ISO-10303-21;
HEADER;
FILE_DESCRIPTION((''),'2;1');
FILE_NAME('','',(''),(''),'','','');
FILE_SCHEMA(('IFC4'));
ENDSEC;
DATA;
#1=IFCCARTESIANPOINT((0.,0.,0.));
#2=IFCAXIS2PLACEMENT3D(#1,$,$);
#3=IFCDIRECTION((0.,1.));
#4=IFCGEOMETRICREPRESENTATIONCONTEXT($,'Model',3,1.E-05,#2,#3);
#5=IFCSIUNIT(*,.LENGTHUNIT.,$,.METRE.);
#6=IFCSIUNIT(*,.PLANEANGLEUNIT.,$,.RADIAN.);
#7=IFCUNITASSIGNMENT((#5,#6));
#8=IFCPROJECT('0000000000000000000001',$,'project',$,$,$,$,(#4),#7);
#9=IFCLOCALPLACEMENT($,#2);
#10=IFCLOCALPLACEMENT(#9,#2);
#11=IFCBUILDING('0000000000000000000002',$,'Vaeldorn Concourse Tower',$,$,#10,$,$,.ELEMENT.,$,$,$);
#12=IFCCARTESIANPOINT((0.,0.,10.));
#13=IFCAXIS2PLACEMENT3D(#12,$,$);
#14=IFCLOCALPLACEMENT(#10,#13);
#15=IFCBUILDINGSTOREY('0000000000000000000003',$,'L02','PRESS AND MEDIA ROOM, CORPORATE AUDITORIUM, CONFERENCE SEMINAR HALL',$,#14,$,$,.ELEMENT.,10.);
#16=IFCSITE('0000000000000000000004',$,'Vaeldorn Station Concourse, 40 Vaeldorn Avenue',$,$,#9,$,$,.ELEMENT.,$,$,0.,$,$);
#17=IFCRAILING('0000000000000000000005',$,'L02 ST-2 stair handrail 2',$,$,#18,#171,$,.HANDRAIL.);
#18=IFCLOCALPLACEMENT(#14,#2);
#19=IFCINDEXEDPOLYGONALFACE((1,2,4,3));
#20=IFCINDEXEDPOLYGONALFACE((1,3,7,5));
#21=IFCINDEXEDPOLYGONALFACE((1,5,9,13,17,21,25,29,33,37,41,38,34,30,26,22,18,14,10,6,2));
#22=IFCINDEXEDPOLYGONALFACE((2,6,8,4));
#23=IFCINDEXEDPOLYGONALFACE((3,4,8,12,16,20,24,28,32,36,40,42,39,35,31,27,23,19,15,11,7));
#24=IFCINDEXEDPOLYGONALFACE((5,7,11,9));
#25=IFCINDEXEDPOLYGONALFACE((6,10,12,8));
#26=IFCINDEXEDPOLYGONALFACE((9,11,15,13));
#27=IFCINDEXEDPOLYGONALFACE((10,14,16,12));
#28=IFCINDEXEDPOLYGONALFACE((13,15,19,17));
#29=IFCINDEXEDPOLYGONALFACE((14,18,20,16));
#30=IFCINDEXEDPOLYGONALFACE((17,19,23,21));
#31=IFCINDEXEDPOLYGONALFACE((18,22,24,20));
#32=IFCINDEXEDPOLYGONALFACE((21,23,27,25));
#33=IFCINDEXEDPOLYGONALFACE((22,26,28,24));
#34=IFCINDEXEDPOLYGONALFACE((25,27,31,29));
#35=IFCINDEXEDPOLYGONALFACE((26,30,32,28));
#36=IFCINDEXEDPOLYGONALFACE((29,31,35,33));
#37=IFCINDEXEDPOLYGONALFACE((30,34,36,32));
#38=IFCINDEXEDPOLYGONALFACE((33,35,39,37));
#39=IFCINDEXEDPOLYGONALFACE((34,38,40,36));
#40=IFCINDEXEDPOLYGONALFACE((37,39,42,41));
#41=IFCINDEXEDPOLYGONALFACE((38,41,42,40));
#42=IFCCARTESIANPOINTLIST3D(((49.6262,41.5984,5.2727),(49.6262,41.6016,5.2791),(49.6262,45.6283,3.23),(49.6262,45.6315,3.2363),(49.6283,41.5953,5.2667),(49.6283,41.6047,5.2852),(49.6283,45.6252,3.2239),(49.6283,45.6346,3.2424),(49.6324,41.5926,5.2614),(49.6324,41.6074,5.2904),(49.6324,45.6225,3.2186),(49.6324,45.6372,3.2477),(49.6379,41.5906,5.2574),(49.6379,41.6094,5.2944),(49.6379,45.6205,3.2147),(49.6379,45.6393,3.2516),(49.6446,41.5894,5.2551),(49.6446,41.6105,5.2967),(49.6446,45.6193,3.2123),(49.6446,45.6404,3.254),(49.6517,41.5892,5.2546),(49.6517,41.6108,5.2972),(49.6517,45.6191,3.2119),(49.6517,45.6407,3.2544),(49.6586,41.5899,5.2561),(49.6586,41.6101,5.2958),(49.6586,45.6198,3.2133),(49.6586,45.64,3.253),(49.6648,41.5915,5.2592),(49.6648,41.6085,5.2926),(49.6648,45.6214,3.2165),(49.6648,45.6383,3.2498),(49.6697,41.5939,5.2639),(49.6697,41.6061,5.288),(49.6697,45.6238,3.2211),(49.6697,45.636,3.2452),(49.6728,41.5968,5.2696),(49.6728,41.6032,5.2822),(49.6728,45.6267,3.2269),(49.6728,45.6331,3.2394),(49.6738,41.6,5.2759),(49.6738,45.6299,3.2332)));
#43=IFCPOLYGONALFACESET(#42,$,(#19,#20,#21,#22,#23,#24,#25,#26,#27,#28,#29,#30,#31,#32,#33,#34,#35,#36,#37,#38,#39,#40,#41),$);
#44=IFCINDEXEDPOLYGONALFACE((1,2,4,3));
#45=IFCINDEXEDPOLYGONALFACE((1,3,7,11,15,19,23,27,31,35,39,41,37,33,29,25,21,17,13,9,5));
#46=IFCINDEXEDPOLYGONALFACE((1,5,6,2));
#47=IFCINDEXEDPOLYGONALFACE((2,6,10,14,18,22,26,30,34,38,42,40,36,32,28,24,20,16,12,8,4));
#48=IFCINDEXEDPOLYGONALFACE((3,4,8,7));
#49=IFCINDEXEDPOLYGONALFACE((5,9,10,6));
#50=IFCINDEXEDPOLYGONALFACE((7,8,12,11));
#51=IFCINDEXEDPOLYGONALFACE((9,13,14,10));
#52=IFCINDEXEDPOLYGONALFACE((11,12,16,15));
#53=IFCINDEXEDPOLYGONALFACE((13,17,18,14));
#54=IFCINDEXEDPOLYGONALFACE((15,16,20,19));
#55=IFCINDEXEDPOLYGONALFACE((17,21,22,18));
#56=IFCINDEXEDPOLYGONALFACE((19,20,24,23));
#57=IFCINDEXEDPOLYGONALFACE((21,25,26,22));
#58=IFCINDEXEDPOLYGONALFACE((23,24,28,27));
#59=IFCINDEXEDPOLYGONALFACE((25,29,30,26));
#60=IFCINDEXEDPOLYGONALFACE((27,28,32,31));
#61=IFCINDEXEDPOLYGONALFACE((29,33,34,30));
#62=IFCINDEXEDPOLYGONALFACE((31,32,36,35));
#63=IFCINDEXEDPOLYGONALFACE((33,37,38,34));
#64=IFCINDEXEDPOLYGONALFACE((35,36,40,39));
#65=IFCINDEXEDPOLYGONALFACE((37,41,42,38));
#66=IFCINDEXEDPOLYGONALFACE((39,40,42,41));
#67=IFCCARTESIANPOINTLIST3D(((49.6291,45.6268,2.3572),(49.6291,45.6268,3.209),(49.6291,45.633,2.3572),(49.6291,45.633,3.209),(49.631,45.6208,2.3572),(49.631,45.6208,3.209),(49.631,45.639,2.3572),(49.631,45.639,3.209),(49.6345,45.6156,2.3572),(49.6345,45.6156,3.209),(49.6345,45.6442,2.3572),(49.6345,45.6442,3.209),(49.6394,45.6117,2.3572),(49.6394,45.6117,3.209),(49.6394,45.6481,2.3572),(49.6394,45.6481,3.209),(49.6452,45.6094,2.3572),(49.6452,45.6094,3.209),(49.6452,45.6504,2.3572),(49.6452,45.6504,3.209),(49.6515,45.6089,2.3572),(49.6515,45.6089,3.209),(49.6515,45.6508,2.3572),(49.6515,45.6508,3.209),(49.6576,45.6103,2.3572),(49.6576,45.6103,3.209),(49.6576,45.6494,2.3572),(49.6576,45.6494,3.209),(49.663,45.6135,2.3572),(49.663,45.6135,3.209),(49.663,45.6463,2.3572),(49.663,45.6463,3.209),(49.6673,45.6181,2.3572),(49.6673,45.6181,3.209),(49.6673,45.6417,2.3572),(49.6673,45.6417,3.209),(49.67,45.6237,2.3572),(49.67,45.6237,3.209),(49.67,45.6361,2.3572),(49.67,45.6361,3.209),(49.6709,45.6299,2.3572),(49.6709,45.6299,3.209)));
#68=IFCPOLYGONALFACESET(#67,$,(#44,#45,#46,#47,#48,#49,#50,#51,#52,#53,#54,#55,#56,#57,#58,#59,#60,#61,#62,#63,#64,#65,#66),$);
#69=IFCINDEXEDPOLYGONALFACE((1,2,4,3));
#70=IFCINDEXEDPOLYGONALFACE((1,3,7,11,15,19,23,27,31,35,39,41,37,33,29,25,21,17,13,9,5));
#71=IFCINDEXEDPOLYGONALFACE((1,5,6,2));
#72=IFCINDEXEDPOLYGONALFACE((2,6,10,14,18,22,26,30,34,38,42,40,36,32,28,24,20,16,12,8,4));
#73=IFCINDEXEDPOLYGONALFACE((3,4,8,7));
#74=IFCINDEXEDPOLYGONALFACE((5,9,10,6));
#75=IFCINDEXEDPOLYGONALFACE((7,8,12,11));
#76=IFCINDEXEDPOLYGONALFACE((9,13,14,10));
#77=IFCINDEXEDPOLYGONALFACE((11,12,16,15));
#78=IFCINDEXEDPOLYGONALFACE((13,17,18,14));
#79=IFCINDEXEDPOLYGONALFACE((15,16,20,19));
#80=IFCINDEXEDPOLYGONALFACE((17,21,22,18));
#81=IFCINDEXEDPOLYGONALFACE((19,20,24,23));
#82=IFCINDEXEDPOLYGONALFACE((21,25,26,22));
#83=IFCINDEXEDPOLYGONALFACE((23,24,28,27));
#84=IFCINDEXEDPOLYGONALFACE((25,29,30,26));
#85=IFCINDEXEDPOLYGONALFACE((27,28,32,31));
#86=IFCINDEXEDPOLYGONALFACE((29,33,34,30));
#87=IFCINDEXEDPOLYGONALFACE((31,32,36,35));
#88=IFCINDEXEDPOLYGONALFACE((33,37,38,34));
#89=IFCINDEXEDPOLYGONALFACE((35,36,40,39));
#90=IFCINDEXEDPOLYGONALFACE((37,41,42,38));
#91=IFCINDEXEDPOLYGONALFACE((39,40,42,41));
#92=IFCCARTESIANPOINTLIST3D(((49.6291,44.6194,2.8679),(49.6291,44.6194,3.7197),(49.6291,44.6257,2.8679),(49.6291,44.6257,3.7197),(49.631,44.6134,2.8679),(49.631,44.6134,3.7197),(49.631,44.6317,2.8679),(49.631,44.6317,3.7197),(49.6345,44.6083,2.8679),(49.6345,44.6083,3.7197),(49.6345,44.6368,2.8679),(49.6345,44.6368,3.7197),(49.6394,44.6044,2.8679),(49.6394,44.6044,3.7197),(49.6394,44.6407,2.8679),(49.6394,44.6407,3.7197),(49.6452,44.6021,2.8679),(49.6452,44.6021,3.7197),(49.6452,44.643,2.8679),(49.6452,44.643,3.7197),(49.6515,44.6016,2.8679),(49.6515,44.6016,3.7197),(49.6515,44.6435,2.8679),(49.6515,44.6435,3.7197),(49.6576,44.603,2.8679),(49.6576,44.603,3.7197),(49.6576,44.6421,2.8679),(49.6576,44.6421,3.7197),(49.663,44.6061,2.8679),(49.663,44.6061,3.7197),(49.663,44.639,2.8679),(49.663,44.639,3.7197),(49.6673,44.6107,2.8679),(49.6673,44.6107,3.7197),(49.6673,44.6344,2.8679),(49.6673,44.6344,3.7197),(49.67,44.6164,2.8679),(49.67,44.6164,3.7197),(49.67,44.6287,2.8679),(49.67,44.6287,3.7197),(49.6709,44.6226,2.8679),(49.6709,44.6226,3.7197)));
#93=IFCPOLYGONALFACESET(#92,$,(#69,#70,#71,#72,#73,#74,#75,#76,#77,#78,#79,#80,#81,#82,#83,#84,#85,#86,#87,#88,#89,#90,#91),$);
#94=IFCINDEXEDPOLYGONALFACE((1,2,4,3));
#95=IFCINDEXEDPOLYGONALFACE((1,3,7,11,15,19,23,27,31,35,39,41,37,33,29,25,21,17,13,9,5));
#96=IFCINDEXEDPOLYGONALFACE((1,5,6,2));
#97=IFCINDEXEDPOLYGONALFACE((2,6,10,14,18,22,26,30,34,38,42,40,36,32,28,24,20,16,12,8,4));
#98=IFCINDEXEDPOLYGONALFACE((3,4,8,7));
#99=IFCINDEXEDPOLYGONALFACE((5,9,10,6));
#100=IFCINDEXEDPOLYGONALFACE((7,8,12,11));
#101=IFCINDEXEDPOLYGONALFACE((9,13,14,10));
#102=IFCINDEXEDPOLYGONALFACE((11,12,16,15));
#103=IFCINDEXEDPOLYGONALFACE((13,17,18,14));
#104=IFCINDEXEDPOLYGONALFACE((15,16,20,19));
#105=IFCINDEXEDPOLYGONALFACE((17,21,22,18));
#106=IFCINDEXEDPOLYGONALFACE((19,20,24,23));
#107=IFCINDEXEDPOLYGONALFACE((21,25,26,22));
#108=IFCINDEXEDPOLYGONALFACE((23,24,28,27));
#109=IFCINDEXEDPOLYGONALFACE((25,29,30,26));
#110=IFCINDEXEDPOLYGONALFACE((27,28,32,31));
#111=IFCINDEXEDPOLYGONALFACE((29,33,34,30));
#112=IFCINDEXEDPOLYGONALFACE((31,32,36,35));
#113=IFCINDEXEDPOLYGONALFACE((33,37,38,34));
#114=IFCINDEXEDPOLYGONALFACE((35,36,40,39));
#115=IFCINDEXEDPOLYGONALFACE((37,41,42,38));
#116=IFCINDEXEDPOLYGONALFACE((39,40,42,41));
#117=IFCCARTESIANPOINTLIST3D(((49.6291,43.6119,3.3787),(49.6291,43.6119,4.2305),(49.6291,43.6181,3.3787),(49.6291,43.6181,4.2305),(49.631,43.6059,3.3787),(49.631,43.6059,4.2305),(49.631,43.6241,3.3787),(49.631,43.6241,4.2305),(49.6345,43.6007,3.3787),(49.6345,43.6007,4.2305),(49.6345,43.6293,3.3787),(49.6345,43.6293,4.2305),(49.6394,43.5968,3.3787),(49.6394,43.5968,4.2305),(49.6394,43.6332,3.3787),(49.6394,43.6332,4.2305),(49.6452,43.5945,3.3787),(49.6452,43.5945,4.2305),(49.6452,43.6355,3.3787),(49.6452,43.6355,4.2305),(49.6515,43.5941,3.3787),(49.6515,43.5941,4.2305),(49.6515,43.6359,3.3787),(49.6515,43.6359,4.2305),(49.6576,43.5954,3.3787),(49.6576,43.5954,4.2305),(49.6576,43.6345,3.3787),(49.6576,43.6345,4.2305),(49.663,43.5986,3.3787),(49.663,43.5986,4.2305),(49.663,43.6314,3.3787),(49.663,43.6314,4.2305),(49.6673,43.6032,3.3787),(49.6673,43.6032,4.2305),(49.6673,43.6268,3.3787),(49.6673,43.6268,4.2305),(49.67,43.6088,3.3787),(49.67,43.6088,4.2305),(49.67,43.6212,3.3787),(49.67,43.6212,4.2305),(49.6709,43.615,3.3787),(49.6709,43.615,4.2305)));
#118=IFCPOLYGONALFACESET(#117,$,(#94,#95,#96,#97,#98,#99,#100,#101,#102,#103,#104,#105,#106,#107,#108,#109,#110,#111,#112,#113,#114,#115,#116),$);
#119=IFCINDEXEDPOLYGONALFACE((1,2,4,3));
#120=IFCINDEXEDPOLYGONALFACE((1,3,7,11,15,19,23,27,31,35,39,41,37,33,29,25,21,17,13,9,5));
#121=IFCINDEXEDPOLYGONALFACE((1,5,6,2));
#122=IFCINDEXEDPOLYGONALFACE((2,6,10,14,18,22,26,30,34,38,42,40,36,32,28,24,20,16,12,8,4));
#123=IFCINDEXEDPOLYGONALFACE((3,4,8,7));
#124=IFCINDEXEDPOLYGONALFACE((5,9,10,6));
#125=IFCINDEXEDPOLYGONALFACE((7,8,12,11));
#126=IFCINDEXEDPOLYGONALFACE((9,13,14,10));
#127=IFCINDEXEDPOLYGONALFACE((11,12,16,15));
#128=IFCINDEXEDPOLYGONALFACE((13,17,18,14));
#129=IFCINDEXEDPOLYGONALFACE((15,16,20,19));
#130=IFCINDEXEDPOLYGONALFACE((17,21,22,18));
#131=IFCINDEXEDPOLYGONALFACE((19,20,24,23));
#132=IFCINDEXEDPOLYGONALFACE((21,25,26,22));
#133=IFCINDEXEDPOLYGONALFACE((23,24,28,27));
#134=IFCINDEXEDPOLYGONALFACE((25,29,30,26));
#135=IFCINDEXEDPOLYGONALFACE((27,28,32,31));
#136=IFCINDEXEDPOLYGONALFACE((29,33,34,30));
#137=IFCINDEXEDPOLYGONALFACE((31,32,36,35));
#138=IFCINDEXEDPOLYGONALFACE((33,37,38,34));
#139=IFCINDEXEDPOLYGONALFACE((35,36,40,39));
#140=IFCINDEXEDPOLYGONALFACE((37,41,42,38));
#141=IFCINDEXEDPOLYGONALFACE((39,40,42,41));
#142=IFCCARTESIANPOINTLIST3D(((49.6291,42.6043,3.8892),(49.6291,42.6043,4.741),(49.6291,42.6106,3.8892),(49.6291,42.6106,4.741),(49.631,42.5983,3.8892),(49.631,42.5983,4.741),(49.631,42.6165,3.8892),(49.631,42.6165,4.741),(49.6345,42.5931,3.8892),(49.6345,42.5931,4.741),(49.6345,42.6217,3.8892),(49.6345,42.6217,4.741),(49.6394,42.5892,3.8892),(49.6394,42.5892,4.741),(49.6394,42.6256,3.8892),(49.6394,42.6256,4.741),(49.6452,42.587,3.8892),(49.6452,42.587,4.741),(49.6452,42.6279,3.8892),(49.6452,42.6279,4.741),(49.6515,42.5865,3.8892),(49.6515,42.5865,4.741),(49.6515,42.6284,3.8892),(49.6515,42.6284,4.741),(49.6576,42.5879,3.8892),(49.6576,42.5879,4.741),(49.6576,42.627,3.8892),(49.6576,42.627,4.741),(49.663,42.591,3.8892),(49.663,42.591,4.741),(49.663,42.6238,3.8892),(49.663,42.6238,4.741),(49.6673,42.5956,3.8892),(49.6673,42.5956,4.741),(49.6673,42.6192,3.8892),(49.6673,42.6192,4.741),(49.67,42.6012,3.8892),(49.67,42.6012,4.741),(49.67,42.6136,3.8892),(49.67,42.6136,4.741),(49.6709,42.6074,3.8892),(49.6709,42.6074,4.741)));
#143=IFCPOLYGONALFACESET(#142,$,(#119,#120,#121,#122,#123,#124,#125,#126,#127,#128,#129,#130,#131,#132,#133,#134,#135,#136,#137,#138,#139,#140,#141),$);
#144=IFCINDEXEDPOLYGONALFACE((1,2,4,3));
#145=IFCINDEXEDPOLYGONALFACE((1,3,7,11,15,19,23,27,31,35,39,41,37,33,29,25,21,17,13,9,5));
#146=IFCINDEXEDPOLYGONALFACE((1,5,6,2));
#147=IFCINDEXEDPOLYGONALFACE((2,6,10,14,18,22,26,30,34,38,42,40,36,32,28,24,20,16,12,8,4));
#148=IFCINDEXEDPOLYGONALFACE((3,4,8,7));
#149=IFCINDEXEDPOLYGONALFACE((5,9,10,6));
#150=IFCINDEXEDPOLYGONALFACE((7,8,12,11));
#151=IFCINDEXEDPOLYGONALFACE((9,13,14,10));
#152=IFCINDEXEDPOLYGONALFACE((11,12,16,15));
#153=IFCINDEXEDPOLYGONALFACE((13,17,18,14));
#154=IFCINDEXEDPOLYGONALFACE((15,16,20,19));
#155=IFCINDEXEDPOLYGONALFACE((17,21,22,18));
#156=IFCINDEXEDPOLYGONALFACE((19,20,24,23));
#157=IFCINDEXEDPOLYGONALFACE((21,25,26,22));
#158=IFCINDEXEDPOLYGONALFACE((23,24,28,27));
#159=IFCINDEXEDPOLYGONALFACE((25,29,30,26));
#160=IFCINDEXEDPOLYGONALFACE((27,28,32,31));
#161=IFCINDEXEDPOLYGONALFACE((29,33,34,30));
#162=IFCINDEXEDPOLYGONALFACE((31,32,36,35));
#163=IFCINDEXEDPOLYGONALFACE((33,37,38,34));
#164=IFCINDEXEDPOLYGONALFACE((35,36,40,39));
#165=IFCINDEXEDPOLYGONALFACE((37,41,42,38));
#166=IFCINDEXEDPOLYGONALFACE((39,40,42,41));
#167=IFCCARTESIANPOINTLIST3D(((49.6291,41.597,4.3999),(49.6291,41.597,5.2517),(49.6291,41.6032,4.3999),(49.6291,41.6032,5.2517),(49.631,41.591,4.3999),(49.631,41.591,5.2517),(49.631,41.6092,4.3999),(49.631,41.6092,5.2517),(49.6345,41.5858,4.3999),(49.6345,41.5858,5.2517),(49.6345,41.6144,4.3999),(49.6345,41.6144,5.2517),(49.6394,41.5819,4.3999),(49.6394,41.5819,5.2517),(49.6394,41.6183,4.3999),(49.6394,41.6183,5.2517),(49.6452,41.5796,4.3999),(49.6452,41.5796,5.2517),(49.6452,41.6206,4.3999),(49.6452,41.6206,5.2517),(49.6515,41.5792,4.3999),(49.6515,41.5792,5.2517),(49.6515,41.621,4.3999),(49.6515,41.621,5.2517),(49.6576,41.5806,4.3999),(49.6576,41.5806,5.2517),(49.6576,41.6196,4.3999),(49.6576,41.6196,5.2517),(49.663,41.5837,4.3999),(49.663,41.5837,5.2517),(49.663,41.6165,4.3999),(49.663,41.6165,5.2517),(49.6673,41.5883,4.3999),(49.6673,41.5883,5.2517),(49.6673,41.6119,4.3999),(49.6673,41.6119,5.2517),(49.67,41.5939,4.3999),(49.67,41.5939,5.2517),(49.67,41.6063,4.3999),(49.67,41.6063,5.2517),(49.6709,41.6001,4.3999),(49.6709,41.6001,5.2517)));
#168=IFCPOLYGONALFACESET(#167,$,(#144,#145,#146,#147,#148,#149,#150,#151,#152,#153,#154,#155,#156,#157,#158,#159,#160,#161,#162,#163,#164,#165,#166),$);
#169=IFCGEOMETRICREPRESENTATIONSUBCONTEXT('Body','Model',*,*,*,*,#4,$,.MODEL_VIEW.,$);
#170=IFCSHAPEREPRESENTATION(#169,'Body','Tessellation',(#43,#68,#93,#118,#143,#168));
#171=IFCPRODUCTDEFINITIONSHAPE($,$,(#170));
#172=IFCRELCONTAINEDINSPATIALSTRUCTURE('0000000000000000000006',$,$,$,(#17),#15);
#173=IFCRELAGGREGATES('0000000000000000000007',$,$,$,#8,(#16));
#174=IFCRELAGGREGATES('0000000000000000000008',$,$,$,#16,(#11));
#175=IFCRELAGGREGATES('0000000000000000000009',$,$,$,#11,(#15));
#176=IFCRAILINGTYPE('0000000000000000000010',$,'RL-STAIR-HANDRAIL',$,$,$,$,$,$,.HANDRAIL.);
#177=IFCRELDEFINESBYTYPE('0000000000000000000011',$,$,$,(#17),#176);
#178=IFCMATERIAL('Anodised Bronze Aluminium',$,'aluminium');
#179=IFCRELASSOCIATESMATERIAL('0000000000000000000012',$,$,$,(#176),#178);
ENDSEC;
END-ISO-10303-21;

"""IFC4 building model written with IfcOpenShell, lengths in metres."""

from ifc_helpers import new_model, si_unit, direction, frame, origin, origin_2d, place, context, subcontext, project, spatial, circle, extrude, material, type_object, element, save


model = new_model("IFC4")

# Units and contexts
model_context = context("Model", 3, precision=1e-05, world=origin(), true_north=direction((0.0, 1.0)))
body_context = subcontext(model_context, "Body", "Model", "MODEL_VIEW")
ifc_project = project(units=[si_unit("LENGTHUNIT", "METRE"), si_unit("PLANEANGLEUNIT", "RADIAN")], contexts=[model_context])

# Site, building, storey
site_placement = place(None, origin())
site = spatial("IfcSite", under=ifc_project, at=site_placement, Name="Vaeldorn Station Concourse, 40 Vaeldorn Avenue", CompositionType="ELEMENT", RefElevation=0.0)
building_placement = place(site_placement, origin())
building = spatial("IfcBuilding", under=site, at=building_placement, Name="Vaeldorn Concourse Tower", CompositionType="ELEMENT")
storey_placement = place(building_placement, frame((0.0, 0.0, 10.0)))
storey = spatial("IfcBuildingStorey", under=building, at=storey_placement, Name="L02", Description="PRESS AND MEDIA ROOM, CORPORATE AUDITORIUM, CONFERENCE SEMINAR HALL", CompositionType="ELEMENT", Elevation=10.0)

# Shared definitions
ifc_material_1 = material(Name="Anodised Bronze Aluminium", Category="aluminium")

# Railing
railing_type_1 = type_object("IfcRailingType", Name="RL-STAIR-HANDRAIL", PredefinedType="HANDRAIL", material=ifc_material_1)
railing_1_placement = place(storey_placement, frame((49.6499, 45.6299, 2.3572)))
element("IfcRailing", 1, at=railing_1_placement, inside=storey, type_object=railing_type_1, Name="L02 ST-2 stair handrail 2", PredefinedType="HANDRAIL", context=body_context, shape_type="SweptSolid", body=[
    extrude(circle(Radius=0.0239, at=origin_2d()), frame((0.0, 0.0, 0.876), z_axis=(0.0, -0.891949, 0.452135), x_axis=(1.0, 0.0, 0.0)), (0.0, 0.0, 1.0), 4.5181),
    extrude(circle(Radius=0.021, at=origin_2d()), origin(), (0.0, 0.0, 1.0), 0.8518),
    extrude(circle(Radius=0.021, at=origin_2d()), frame((0.0, -1.0073, 0.5107)), (0.0, 0.0, 1.0), 0.8518),
    extrude(circle(Radius=0.021, at=origin_2d()), frame((0.0, -2.0149, 1.0215)), (0.0, 0.0, 1.0), 0.8518),
    extrude(circle(Radius=0.021, at=origin_2d()), frame((0.0, -3.0225, 1.532)), (0.0, 0.0, 1.0), 0.8518),
    extrude(circle(Radius=0.021, at=origin_2d()), frame((0.0, -4.0298, 2.0427)), (0.0, 0.0, 1.0), 0.8518),
])

save(model, "model.ifc")
